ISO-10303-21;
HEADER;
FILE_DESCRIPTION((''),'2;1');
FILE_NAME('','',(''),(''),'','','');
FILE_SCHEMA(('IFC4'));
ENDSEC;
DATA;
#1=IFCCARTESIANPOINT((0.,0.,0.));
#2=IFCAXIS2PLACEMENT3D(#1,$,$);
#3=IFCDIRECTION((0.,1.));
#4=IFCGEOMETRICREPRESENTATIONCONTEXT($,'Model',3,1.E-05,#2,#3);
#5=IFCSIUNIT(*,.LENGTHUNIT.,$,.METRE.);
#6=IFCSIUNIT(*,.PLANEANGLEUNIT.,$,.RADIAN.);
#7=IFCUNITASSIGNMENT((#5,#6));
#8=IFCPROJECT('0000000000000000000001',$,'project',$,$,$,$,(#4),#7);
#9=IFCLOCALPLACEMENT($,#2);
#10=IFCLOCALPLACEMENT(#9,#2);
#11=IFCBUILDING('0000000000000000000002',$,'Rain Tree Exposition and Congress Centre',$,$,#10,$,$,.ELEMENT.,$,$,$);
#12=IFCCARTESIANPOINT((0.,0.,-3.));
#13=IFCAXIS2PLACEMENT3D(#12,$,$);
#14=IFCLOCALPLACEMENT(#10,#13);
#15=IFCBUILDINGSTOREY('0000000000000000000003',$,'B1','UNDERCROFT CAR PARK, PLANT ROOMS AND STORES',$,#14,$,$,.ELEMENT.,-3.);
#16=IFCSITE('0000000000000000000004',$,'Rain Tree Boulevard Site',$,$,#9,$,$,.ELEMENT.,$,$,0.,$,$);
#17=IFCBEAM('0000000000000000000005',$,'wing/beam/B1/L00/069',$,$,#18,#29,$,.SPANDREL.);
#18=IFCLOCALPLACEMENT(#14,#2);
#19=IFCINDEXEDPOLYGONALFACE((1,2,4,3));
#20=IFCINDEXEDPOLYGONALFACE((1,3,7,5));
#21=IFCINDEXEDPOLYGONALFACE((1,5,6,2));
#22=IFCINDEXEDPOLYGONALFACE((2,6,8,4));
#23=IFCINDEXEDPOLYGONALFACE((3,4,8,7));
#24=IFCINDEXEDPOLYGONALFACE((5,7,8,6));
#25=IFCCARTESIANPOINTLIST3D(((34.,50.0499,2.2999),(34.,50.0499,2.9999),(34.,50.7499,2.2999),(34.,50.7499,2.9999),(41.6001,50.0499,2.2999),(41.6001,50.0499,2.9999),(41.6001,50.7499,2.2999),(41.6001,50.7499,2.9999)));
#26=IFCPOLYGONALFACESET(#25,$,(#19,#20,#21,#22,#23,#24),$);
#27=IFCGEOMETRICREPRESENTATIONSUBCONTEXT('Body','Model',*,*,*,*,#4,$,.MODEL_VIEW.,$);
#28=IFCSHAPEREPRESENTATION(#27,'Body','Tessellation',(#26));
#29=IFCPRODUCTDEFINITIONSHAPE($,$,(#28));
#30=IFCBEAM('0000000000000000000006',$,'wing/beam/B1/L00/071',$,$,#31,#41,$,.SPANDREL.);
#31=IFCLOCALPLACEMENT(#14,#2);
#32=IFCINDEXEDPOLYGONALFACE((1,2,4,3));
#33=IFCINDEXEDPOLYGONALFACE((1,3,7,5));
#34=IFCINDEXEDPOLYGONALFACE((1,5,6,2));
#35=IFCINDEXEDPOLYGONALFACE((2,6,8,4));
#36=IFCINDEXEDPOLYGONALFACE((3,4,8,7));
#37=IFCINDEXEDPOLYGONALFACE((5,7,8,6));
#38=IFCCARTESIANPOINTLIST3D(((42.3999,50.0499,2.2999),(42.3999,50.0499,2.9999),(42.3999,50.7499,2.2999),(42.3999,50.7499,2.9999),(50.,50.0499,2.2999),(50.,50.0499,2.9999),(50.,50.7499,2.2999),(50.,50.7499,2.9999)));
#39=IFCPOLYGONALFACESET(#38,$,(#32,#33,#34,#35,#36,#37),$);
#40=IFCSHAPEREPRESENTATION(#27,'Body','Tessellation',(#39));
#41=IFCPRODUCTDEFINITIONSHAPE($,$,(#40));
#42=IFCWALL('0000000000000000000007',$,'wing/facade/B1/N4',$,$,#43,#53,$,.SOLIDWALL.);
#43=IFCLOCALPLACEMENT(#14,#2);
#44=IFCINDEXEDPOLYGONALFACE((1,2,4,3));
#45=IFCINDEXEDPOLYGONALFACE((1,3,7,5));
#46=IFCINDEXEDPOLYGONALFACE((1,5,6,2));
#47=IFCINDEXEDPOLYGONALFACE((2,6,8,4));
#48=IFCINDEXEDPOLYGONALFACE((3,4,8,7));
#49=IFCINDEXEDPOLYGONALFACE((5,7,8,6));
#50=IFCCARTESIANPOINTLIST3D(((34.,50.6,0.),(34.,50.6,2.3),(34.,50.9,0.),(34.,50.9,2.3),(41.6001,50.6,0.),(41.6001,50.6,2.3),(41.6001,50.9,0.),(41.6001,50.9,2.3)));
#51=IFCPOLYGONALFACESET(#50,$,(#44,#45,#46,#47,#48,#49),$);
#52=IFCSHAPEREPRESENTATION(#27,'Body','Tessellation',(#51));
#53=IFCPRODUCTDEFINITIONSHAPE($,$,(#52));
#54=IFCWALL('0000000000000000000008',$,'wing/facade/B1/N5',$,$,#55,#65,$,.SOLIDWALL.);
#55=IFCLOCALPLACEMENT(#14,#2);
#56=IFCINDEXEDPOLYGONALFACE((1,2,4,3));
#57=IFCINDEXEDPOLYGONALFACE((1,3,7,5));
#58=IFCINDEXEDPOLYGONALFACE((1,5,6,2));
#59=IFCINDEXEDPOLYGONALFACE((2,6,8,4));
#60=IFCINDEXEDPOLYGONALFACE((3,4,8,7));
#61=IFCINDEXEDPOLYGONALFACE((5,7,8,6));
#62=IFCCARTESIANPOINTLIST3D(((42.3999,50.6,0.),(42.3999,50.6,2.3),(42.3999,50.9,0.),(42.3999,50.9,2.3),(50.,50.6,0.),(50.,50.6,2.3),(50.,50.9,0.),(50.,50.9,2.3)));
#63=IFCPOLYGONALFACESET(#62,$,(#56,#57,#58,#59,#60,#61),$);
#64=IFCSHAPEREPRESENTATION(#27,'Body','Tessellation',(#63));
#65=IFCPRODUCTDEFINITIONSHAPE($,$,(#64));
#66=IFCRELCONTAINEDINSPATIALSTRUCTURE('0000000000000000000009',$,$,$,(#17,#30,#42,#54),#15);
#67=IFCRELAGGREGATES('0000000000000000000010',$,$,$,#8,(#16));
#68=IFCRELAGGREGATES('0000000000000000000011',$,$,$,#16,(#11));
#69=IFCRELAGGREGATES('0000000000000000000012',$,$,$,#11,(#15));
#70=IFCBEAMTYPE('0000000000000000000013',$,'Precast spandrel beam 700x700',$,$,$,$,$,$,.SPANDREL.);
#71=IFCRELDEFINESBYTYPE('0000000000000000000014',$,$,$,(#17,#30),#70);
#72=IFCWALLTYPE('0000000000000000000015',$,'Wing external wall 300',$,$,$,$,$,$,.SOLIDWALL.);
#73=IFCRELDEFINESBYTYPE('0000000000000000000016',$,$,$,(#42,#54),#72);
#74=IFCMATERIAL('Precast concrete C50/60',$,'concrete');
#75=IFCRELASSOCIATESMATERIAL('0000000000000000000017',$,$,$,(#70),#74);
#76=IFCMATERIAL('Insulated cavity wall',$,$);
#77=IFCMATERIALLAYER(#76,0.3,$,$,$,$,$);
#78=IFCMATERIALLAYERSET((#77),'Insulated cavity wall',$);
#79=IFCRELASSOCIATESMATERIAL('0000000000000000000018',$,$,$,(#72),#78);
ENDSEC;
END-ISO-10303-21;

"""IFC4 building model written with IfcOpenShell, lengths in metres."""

from ifc_helpers import new_model, si_unit, direction, frame, frame_2d, origin, origin_2d, place, context, subcontext, project, spatial, rectangle, extrude, material, layer, layer_set, material_profile, profile_set, type_object, element, save


model = new_model("IFC4")

# Units and contexts
model_context = context("Model", 3, precision=1e-05, world=origin(), true_north=direction((0.0, 1.0)))
body_context = subcontext(model_context, "Body", "Model", "MODEL_VIEW")
ifc_project = project(units=[si_unit("LENGTHUNIT", "METRE"), si_unit("PLANEANGLEUNIT", "RADIAN")], contexts=[model_context])

# Site, building, storey
site_placement = place(None, origin())
site = spatial("IfcSite", under=ifc_project, at=site_placement, Name="Rain Tree Boulevard Site", CompositionType="ELEMENT", RefElevation=0.0)
building_placement = place(site_placement, origin())
building = spatial("IfcBuilding", under=site, at=building_placement, Name="Rain Tree Exposition and Congress Centre", CompositionType="ELEMENT")
storey_placement = place(building_placement, frame((0.0, 0.0, -3.0)))
storey = spatial("IfcBuildingStorey", under=building, at=storey_placement, Name="B1", Description="UNDERCROFT CAR PARK, PLANT ROOMS AND STORES", CompositionType="ELEMENT", Elevation=-3.0)

# Beams
ifc_material_1 = material(Name="Precast concrete C50/60", Category="concrete")
ifc_material_profile_1 = material_profile(ifc_material_1, rectangle(XDim=0.7, YDim=0.7, at=origin_2d()), Name="RC 700x700")
ifc_profile_set_1 = profile_set([ifc_material_profile_1], Name="Precast concrete C50/60")
beam_type = type_object("IfcBeamType", Name="Precast spandrel beam 700x700", PredefinedType="SPANDREL", material=ifc_profile_set_1)
for number, where, z_axis, x_axis, name in (
    (1, (34.0, 50.3999, 2.6499), (1.0, 0.0, 0.0), (0.0, 1.0, 0.0), "wing/beam/B1/L00/069"),
    (2, (42.3999, 50.3999, 2.6499), (1.0, 0.0, 0.0), (0.0, 1.0, 0.0), "wing/beam/B1/L00/071"),
):
    element("IfcBeam", number, at=place(storey_placement, frame(where, z_axis=z_axis, x_axis=x_axis)), inside=storey, type_object=beam_type, Name=name, PredefinedType="SPANDREL", context=body_context, shape_type="SweptSolid", body=[
        extrude(rectangle(XDim=0.7, YDim=0.7, at=origin_2d()), origin(), (0.0, 0.0, 1.0), 7.6001),
    ])

# Walls
ifc_material_2 = material(Name="Insulated cavity wall")
ifc_layer = layer(ifc_material_2, 0.3)
ifc_layer_set = layer_set([ifc_layer], Name="Insulated cavity wall")
wall_type = type_object("IfcWallType", Name="Wing external wall 300", PredefinedType="SOLIDWALL", material=ifc_layer_set)
for number, where, z_axis, x_axis, name in (
    (3, (34.0, 50.75, 0.0), (0.0, 0.0, 1.0), (1.0, 0.0, 0.0), "wing/facade/B1/N4"),
    (4, (42.3999, 50.75, 0.0), (0.0, 0.0, 1.0), (1.0, 0.0, 0.0), "wing/facade/B1/N5"),
):
    element("IfcWall", number, at=place(storey_placement, frame(where, z_axis=z_axis, x_axis=x_axis)), inside=storey, type_object=wall_type, Name=name, PredefinedType="SOLIDWALL", context=body_context, shape_type="SweptSolid", body=[
        extrude(rectangle(XDim=7.6001, YDim=0.3, at=frame_2d((3.8, 0.0))), origin(), (0.0, 0.0, 1.0), 2.3),
    ])

save(model, "model.ifc")
